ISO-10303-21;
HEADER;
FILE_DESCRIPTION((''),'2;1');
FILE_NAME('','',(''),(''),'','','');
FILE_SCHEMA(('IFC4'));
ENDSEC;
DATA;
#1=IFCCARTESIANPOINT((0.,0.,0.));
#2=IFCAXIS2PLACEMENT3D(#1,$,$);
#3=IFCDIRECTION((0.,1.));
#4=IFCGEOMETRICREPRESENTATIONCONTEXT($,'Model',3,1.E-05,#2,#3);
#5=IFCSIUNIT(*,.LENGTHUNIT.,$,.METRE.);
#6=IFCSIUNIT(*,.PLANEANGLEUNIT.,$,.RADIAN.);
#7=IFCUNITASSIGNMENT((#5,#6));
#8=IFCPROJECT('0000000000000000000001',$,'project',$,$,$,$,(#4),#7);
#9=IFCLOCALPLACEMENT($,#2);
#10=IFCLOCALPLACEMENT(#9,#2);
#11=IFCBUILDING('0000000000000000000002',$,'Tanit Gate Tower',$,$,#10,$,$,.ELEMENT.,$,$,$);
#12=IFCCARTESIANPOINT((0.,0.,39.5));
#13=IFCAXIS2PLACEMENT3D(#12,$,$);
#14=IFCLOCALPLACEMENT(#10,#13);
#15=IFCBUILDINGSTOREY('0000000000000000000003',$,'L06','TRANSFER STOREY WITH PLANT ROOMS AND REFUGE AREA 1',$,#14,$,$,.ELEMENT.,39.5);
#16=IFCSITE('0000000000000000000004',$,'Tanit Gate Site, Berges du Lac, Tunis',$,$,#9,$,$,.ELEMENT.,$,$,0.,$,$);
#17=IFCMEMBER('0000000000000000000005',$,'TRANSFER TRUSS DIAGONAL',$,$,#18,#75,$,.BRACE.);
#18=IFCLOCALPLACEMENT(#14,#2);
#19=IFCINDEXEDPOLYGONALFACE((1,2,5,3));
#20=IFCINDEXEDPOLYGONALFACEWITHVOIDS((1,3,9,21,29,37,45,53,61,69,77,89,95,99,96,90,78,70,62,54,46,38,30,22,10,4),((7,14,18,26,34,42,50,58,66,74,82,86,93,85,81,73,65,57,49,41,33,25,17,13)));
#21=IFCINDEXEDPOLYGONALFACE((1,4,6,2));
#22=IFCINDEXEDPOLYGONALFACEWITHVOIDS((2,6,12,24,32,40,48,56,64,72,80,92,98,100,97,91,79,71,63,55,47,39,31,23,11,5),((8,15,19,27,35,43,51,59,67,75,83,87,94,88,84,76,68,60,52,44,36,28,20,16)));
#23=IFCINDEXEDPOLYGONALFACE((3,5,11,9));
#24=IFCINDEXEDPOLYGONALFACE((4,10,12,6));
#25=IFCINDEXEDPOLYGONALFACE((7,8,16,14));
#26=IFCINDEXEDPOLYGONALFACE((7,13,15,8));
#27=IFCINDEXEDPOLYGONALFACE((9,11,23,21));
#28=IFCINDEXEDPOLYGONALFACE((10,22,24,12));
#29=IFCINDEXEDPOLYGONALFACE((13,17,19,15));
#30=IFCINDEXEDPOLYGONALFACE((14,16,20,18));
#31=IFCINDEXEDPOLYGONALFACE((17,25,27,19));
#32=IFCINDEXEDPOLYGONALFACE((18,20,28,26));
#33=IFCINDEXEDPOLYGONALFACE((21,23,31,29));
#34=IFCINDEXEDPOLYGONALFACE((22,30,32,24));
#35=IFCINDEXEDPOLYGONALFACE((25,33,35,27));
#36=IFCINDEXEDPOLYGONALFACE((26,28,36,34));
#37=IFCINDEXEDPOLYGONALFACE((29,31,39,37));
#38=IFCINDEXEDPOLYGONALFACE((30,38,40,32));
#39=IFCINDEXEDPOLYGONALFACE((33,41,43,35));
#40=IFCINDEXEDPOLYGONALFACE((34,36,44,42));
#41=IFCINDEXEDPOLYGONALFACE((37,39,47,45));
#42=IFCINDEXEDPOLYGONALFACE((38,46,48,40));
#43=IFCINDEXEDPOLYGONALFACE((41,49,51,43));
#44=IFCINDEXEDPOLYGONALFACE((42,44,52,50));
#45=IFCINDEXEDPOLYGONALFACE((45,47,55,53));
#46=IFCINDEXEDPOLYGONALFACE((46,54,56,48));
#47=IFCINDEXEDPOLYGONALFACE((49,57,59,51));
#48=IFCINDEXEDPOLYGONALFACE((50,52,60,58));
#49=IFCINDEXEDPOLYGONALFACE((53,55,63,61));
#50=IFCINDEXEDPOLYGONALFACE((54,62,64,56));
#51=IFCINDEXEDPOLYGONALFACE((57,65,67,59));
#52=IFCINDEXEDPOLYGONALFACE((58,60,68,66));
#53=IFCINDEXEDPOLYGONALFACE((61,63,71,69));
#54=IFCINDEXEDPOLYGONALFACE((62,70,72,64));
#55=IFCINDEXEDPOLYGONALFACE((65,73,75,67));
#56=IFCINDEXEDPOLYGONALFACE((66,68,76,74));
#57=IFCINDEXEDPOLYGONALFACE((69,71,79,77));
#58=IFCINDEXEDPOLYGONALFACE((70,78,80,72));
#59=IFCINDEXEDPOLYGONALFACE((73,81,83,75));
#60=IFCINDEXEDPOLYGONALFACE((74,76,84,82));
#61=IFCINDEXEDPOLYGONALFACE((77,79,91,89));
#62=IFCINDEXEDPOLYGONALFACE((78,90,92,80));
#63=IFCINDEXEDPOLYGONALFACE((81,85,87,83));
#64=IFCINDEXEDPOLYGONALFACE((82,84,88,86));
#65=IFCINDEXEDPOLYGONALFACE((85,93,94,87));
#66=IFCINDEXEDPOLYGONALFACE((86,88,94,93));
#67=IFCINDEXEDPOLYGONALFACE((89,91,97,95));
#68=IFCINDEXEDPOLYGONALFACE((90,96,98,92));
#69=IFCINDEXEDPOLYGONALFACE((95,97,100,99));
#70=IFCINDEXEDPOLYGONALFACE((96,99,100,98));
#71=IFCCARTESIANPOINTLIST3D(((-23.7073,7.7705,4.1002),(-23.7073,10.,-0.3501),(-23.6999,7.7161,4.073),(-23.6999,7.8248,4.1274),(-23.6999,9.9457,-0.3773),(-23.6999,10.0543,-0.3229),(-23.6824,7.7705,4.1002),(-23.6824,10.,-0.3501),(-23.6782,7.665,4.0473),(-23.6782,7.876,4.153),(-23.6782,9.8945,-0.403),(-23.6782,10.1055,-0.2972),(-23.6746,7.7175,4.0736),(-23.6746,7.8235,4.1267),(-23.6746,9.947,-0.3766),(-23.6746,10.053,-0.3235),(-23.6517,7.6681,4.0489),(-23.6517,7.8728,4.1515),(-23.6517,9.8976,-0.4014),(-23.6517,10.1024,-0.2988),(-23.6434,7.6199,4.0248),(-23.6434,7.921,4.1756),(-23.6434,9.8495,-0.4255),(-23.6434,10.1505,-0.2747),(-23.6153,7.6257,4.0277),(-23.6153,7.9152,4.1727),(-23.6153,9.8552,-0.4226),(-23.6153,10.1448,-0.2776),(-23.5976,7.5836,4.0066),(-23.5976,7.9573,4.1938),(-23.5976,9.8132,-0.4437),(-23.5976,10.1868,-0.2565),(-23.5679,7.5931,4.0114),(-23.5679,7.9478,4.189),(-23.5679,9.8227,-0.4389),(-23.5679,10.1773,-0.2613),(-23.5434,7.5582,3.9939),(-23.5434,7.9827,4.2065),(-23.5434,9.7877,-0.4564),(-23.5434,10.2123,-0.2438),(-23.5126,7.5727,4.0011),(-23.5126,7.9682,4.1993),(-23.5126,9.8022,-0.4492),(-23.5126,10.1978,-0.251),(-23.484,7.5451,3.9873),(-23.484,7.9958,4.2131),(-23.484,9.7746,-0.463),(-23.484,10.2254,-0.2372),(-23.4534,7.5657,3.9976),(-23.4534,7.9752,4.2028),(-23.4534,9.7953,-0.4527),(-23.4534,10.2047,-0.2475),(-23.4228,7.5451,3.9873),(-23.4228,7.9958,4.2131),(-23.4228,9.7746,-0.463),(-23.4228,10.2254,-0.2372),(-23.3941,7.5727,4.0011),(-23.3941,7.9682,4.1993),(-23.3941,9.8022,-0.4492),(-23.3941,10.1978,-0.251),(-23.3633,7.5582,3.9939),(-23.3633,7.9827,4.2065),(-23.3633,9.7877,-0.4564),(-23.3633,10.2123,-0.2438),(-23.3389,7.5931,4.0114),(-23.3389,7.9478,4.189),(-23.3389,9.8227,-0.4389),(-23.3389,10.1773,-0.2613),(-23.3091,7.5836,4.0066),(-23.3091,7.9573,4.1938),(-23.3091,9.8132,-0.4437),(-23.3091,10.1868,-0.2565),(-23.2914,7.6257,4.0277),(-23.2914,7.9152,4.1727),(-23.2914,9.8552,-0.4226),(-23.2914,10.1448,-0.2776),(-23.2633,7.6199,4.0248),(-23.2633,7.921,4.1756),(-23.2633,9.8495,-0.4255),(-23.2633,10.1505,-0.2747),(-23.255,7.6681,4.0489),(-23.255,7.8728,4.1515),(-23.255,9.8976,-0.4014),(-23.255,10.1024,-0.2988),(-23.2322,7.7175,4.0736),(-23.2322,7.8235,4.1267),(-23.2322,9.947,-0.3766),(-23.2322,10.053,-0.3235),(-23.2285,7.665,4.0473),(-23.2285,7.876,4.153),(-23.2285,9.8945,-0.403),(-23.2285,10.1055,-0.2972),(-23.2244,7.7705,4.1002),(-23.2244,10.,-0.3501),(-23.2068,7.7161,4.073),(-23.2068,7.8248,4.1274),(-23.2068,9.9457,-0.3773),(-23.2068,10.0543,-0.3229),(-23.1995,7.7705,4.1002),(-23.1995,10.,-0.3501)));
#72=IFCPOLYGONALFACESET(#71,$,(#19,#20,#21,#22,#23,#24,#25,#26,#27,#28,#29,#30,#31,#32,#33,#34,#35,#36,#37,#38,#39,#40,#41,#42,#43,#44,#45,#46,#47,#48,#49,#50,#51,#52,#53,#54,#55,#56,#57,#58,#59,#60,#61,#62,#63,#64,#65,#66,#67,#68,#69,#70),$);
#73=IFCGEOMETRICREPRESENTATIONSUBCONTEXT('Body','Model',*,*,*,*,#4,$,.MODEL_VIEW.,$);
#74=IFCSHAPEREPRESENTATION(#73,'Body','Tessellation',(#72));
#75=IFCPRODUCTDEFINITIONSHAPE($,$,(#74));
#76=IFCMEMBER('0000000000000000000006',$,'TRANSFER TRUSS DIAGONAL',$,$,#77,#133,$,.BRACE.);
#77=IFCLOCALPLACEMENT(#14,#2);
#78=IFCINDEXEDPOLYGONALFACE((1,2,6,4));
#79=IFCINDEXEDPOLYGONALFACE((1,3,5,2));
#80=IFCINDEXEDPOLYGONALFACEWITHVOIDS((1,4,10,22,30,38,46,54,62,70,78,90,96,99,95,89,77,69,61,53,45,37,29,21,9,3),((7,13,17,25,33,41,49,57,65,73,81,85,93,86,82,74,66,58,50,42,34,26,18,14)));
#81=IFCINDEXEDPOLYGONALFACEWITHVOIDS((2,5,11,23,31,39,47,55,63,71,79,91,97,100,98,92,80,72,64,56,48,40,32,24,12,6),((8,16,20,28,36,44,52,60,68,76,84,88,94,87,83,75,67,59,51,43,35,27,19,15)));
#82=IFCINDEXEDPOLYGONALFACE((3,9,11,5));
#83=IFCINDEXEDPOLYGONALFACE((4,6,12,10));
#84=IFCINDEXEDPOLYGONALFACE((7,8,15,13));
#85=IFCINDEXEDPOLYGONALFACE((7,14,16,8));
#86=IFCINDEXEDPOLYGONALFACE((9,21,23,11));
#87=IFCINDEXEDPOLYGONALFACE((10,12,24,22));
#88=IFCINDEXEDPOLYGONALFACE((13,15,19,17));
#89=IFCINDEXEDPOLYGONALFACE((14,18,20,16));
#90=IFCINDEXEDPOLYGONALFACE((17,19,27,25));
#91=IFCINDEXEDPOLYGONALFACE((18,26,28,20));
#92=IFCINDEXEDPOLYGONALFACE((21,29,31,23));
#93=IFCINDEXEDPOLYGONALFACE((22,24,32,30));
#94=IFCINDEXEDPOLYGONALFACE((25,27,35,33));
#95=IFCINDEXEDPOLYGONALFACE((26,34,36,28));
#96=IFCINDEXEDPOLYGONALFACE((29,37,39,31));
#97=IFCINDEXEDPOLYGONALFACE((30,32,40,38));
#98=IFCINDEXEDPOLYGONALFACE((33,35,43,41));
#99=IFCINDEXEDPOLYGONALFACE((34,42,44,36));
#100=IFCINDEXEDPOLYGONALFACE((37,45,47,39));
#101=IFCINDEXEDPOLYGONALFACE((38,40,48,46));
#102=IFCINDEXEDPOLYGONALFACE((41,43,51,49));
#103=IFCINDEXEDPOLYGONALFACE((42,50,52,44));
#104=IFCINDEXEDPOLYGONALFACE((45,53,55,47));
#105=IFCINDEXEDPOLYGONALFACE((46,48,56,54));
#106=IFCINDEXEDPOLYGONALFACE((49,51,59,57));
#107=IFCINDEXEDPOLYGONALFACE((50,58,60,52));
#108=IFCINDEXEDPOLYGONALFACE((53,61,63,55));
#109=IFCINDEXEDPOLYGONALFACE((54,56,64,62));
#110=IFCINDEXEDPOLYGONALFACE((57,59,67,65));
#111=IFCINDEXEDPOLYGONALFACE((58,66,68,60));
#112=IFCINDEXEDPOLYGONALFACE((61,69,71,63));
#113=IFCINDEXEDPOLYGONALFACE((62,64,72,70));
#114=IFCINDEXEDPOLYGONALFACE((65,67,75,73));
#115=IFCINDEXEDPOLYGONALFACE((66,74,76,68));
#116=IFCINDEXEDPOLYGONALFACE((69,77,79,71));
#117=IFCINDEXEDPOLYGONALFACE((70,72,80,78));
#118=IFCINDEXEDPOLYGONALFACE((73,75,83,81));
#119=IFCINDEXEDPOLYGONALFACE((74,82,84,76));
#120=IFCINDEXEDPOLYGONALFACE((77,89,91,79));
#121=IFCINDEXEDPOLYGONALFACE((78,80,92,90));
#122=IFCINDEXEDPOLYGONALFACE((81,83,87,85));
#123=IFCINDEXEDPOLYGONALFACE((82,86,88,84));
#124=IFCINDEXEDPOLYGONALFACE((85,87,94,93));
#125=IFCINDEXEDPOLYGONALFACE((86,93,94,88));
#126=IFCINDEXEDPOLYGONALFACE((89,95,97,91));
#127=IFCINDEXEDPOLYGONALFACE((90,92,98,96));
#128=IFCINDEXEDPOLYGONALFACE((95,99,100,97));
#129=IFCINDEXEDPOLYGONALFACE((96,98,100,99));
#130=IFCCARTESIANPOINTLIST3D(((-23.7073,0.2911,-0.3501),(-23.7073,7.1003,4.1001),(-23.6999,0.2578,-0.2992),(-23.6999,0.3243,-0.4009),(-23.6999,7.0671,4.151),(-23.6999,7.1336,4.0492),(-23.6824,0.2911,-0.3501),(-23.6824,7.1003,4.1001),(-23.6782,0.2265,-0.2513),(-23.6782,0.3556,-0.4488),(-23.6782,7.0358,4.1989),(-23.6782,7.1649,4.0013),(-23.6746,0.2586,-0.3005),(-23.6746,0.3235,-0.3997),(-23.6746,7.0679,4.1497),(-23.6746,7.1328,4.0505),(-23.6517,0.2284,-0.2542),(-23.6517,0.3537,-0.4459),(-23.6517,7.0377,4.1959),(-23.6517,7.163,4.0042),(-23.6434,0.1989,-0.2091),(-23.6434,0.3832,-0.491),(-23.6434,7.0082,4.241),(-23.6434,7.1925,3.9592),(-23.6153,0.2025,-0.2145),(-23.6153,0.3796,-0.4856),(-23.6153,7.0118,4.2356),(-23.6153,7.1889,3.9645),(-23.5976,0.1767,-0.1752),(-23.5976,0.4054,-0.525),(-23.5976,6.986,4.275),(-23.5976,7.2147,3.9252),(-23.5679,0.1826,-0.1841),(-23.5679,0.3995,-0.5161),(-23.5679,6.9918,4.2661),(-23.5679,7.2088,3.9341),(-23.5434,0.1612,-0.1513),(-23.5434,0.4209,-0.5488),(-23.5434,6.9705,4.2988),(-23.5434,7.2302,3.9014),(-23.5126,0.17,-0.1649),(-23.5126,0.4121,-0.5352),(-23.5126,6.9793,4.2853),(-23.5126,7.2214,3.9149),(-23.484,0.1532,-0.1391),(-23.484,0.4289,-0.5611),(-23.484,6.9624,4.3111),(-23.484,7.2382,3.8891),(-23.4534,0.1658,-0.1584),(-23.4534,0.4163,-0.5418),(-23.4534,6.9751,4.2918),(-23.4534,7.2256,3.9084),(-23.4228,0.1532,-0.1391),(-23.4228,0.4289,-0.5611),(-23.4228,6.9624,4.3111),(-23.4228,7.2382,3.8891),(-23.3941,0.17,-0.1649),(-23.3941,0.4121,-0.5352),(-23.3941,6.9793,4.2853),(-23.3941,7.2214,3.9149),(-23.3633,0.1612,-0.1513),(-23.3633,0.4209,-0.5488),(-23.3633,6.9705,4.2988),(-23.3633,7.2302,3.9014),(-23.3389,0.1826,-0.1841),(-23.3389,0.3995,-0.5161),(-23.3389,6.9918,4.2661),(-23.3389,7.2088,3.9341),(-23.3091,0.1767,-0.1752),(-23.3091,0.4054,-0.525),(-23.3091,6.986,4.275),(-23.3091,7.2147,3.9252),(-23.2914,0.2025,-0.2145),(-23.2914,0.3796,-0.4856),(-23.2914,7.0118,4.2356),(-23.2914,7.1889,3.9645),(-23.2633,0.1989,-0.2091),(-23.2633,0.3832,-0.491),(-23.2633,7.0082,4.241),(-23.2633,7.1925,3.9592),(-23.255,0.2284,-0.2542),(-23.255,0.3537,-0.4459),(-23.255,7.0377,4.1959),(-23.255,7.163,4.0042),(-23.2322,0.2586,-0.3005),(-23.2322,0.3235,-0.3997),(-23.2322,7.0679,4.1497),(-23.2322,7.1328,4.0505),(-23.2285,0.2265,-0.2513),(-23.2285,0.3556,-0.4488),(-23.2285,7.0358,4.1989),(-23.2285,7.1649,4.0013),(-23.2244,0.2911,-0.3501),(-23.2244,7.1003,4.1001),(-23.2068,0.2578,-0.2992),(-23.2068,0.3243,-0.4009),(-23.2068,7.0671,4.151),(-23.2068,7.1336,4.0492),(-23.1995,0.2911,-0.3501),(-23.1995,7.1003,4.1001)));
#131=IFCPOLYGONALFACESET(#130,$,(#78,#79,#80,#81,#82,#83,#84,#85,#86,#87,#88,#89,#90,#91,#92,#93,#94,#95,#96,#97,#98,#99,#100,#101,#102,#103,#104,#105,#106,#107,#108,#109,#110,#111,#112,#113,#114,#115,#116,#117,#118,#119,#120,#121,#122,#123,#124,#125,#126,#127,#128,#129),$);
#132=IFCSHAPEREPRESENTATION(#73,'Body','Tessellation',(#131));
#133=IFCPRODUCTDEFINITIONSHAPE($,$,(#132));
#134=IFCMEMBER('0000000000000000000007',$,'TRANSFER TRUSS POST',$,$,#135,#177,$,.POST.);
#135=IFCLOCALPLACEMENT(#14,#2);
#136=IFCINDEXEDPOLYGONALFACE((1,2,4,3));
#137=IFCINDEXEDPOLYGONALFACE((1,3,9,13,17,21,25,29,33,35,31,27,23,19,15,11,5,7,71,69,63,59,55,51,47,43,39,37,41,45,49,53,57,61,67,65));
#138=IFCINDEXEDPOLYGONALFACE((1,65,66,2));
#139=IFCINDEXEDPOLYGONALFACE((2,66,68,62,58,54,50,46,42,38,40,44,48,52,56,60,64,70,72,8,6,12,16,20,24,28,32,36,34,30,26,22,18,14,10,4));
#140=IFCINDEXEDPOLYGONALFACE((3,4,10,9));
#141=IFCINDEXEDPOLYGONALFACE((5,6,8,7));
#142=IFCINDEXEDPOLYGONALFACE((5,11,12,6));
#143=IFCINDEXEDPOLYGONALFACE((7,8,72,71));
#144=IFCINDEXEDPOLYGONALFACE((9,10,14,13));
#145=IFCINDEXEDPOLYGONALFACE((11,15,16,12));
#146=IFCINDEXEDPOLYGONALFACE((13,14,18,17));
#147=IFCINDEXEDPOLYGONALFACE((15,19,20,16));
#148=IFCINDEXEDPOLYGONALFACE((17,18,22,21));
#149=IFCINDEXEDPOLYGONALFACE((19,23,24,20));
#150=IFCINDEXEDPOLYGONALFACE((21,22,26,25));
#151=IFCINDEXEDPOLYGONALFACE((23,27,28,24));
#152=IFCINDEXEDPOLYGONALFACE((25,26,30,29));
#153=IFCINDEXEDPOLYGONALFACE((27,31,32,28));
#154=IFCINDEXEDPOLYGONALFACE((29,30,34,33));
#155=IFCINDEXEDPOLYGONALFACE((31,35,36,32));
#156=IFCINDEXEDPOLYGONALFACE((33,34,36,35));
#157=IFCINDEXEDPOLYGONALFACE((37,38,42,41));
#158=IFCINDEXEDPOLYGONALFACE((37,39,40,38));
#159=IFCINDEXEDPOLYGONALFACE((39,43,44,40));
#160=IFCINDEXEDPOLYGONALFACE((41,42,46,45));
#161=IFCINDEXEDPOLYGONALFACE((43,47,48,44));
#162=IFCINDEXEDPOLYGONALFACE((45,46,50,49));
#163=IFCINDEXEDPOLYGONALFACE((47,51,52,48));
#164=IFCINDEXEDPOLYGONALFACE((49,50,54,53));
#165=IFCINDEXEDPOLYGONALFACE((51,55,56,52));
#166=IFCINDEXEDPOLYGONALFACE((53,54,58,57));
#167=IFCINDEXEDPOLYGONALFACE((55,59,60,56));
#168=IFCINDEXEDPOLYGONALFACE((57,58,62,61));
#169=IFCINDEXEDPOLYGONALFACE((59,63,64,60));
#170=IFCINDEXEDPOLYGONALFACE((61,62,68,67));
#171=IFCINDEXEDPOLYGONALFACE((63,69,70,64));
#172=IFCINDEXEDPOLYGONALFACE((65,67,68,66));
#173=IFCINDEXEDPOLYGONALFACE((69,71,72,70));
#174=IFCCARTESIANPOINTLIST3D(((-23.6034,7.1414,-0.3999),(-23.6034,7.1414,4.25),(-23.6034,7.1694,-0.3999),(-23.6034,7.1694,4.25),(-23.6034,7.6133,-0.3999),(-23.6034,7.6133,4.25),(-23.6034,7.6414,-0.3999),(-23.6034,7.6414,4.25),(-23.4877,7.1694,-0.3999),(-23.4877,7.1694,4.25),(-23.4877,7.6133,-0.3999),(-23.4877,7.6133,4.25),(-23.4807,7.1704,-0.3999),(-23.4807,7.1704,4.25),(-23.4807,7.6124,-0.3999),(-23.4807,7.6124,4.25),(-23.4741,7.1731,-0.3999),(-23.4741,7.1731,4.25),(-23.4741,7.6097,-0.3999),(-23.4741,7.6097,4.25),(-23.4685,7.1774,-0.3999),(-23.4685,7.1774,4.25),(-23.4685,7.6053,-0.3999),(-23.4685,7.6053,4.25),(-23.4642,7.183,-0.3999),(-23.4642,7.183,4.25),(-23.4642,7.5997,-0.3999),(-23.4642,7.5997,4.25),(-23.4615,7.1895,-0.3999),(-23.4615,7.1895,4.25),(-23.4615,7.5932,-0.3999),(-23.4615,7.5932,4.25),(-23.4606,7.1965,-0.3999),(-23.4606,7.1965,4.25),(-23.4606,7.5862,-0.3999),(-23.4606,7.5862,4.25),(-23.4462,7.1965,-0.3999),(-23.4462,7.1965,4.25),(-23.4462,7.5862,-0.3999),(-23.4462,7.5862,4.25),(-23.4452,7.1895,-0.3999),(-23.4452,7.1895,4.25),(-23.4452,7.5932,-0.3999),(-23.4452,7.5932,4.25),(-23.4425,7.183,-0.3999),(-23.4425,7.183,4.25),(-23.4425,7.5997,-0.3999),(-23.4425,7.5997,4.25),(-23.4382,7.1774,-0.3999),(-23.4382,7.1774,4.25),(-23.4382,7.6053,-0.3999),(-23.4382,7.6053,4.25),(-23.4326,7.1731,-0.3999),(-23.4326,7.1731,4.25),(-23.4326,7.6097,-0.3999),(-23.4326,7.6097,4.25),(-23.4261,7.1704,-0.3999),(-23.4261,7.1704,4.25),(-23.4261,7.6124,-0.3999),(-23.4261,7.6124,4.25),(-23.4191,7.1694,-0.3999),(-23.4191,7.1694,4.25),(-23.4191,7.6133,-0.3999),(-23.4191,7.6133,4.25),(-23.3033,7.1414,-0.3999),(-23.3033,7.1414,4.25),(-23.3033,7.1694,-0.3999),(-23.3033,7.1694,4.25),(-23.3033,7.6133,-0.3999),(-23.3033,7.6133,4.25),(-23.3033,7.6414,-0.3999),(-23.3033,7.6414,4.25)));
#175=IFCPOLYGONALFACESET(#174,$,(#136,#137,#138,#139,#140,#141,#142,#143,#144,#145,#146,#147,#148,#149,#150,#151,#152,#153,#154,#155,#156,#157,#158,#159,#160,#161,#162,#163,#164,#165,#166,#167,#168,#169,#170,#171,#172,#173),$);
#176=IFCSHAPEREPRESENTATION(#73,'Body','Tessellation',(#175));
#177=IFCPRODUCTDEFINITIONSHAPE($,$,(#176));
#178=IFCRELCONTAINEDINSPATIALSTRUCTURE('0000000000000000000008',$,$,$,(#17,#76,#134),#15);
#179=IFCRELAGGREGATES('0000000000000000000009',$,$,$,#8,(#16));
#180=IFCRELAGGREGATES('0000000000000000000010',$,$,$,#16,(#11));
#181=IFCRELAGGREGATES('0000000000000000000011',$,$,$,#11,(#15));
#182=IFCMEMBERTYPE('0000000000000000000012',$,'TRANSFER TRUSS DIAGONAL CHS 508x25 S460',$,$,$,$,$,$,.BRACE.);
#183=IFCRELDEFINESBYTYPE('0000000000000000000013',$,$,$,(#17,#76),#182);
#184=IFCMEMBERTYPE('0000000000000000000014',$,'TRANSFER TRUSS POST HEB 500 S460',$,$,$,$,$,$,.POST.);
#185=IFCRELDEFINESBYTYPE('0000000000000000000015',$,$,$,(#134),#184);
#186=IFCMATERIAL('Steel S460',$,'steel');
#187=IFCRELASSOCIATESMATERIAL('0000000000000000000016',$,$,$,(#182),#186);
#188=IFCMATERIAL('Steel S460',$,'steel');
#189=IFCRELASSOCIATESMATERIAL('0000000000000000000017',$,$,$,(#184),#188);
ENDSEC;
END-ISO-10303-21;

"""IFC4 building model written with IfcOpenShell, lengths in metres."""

from ifc_helpers import new_model, si_unit, direction, frame, origin, origin_2d, place, context, subcontext, project, spatial, hollow_circle, i_section, extrude, material, material_profile, profile_set, type_object, element, save


model = new_model("IFC4")

# Units and contexts
model_context = context("Model", 3, precision=1e-05, world=origin(), true_north=direction((0.0, 1.0)))
body_context = subcontext(model_context, "Body", "Model", "MODEL_VIEW")
ifc_project = project(units=[si_unit("LENGTHUNIT", "METRE"), si_unit("PLANEANGLEUNIT", "RADIAN")], contexts=[model_context])

# Site, building, storey
site_placement = place(None, origin())
site = spatial("IfcSite", under=ifc_project, at=site_placement, Name="Tanit Gate Site, Berges du Lac, Tunis", CompositionType="ELEMENT", RefElevation=0.0)
building_placement = place(site_placement, origin())
building = spatial("IfcBuilding", under=site, at=building_placement, Name="Tanit Gate Tower", CompositionType="ELEMENT")
storey_placement = place(building_placement, frame((0.0, 0.0, 39.5)))
storey = spatial("IfcBuildingStorey", under=building, at=storey_placement, Name="L06", Description="TRANSFER STOREY WITH PLANT ROOMS AND REFUGE AREA 1", CompositionType="ELEMENT", Elevation=39.5)

# Members
ifc_material_1 = material(Name="Steel S460", Category="steel")
ifc_material_profile_1 = material_profile(ifc_material_1, hollow_circle(Radius=0.2539, WallThickness=0.0249, at=origin_2d()), Name="CHS 508x25")
ifc_profile_set_1 = profile_set([ifc_material_profile_1], Name="Steel S460")
member_type_1 = type_object("IfcMemberType", Name="TRANSFER TRUSS DIAGONAL CHS 508x25 S460", PredefinedType="BRACE", material=ifc_profile_set_1)
member_1_placement = place(storey_placement, frame((-23.4534, 10.0, -0.3501), z_axis=(0.0, -0.44792, 0.894074), x_axis=(1.0, 0.0, 0.0)))
element("IfcMember", 1, at=member_1_placement, inside=storey, type_object=member_type_1, Name="TRANSFER TRUSS DIAGONAL", PredefinedType="BRACE", context=body_context, shape_type="SweptSolid", body=[
    extrude(hollow_circle(Radius=0.2539, WallThickness=0.0249, at=origin_2d()), origin(), (0.0, 0.0, 1.0), 4.9775),
])
member_2_placement = place(storey_placement, frame((-23.4534, 7.1003, 4.1001), z_axis=(0.0, -0.837085, -0.547072), x_axis=(1.0, 0.0, 0.0)))
element("IfcMember", 2, at=member_2_placement, inside=storey, type_object=member_type_1, Name="TRANSFER TRUSS DIAGONAL", PredefinedType="BRACE", context=body_context, shape_type="SweptSolid", body=[
    extrude(hollow_circle(Radius=0.2539, WallThickness=0.0249, at=origin_2d()), origin(), (0.0, 0.0, 1.0), 8.1345),
])
ifc_material_2 = material(Name="Steel S460", Category="steel")
ifc_material_profile_2 = material_profile(ifc_material_2, i_section(OverallWidth=0.3, OverallDepth=0.5, WebThickness=0.0144, FlangeThickness=0.0281, FilletRadius=0.0271, at=origin_2d()), Name="HEB 500")
ifc_profile_set_2 = profile_set([ifc_material_profile_2], Name="Steel S460")
member_type_2 = type_object("IfcMemberType", Name="TRANSFER TRUSS POST HEB 500 S460", PredefinedType="POST", material=ifc_profile_set_2)
member_3_placement = place(storey_placement, frame((-23.4534, 7.3914, -0.3999), z_axis=(0.0, 0.0, 1.0), x_axis=(1.0, 0.0, 0.0)))
element("IfcMember", 3, at=member_3_placement, inside=storey, type_object=member_type_2, Name="TRANSFER TRUSS POST", PredefinedType="POST", context=body_context, shape_type="SweptSolid", body=[
    extrude(i_section(OverallWidth=0.3, OverallDepth=0.5, WebThickness=0.0144, FlangeThickness=0.0281, FilletRadius=0.0271, at=origin_2d()), origin(), (0.0, 0.0, 1.0), 4.6499),
])

save(model, "model.ifc")
